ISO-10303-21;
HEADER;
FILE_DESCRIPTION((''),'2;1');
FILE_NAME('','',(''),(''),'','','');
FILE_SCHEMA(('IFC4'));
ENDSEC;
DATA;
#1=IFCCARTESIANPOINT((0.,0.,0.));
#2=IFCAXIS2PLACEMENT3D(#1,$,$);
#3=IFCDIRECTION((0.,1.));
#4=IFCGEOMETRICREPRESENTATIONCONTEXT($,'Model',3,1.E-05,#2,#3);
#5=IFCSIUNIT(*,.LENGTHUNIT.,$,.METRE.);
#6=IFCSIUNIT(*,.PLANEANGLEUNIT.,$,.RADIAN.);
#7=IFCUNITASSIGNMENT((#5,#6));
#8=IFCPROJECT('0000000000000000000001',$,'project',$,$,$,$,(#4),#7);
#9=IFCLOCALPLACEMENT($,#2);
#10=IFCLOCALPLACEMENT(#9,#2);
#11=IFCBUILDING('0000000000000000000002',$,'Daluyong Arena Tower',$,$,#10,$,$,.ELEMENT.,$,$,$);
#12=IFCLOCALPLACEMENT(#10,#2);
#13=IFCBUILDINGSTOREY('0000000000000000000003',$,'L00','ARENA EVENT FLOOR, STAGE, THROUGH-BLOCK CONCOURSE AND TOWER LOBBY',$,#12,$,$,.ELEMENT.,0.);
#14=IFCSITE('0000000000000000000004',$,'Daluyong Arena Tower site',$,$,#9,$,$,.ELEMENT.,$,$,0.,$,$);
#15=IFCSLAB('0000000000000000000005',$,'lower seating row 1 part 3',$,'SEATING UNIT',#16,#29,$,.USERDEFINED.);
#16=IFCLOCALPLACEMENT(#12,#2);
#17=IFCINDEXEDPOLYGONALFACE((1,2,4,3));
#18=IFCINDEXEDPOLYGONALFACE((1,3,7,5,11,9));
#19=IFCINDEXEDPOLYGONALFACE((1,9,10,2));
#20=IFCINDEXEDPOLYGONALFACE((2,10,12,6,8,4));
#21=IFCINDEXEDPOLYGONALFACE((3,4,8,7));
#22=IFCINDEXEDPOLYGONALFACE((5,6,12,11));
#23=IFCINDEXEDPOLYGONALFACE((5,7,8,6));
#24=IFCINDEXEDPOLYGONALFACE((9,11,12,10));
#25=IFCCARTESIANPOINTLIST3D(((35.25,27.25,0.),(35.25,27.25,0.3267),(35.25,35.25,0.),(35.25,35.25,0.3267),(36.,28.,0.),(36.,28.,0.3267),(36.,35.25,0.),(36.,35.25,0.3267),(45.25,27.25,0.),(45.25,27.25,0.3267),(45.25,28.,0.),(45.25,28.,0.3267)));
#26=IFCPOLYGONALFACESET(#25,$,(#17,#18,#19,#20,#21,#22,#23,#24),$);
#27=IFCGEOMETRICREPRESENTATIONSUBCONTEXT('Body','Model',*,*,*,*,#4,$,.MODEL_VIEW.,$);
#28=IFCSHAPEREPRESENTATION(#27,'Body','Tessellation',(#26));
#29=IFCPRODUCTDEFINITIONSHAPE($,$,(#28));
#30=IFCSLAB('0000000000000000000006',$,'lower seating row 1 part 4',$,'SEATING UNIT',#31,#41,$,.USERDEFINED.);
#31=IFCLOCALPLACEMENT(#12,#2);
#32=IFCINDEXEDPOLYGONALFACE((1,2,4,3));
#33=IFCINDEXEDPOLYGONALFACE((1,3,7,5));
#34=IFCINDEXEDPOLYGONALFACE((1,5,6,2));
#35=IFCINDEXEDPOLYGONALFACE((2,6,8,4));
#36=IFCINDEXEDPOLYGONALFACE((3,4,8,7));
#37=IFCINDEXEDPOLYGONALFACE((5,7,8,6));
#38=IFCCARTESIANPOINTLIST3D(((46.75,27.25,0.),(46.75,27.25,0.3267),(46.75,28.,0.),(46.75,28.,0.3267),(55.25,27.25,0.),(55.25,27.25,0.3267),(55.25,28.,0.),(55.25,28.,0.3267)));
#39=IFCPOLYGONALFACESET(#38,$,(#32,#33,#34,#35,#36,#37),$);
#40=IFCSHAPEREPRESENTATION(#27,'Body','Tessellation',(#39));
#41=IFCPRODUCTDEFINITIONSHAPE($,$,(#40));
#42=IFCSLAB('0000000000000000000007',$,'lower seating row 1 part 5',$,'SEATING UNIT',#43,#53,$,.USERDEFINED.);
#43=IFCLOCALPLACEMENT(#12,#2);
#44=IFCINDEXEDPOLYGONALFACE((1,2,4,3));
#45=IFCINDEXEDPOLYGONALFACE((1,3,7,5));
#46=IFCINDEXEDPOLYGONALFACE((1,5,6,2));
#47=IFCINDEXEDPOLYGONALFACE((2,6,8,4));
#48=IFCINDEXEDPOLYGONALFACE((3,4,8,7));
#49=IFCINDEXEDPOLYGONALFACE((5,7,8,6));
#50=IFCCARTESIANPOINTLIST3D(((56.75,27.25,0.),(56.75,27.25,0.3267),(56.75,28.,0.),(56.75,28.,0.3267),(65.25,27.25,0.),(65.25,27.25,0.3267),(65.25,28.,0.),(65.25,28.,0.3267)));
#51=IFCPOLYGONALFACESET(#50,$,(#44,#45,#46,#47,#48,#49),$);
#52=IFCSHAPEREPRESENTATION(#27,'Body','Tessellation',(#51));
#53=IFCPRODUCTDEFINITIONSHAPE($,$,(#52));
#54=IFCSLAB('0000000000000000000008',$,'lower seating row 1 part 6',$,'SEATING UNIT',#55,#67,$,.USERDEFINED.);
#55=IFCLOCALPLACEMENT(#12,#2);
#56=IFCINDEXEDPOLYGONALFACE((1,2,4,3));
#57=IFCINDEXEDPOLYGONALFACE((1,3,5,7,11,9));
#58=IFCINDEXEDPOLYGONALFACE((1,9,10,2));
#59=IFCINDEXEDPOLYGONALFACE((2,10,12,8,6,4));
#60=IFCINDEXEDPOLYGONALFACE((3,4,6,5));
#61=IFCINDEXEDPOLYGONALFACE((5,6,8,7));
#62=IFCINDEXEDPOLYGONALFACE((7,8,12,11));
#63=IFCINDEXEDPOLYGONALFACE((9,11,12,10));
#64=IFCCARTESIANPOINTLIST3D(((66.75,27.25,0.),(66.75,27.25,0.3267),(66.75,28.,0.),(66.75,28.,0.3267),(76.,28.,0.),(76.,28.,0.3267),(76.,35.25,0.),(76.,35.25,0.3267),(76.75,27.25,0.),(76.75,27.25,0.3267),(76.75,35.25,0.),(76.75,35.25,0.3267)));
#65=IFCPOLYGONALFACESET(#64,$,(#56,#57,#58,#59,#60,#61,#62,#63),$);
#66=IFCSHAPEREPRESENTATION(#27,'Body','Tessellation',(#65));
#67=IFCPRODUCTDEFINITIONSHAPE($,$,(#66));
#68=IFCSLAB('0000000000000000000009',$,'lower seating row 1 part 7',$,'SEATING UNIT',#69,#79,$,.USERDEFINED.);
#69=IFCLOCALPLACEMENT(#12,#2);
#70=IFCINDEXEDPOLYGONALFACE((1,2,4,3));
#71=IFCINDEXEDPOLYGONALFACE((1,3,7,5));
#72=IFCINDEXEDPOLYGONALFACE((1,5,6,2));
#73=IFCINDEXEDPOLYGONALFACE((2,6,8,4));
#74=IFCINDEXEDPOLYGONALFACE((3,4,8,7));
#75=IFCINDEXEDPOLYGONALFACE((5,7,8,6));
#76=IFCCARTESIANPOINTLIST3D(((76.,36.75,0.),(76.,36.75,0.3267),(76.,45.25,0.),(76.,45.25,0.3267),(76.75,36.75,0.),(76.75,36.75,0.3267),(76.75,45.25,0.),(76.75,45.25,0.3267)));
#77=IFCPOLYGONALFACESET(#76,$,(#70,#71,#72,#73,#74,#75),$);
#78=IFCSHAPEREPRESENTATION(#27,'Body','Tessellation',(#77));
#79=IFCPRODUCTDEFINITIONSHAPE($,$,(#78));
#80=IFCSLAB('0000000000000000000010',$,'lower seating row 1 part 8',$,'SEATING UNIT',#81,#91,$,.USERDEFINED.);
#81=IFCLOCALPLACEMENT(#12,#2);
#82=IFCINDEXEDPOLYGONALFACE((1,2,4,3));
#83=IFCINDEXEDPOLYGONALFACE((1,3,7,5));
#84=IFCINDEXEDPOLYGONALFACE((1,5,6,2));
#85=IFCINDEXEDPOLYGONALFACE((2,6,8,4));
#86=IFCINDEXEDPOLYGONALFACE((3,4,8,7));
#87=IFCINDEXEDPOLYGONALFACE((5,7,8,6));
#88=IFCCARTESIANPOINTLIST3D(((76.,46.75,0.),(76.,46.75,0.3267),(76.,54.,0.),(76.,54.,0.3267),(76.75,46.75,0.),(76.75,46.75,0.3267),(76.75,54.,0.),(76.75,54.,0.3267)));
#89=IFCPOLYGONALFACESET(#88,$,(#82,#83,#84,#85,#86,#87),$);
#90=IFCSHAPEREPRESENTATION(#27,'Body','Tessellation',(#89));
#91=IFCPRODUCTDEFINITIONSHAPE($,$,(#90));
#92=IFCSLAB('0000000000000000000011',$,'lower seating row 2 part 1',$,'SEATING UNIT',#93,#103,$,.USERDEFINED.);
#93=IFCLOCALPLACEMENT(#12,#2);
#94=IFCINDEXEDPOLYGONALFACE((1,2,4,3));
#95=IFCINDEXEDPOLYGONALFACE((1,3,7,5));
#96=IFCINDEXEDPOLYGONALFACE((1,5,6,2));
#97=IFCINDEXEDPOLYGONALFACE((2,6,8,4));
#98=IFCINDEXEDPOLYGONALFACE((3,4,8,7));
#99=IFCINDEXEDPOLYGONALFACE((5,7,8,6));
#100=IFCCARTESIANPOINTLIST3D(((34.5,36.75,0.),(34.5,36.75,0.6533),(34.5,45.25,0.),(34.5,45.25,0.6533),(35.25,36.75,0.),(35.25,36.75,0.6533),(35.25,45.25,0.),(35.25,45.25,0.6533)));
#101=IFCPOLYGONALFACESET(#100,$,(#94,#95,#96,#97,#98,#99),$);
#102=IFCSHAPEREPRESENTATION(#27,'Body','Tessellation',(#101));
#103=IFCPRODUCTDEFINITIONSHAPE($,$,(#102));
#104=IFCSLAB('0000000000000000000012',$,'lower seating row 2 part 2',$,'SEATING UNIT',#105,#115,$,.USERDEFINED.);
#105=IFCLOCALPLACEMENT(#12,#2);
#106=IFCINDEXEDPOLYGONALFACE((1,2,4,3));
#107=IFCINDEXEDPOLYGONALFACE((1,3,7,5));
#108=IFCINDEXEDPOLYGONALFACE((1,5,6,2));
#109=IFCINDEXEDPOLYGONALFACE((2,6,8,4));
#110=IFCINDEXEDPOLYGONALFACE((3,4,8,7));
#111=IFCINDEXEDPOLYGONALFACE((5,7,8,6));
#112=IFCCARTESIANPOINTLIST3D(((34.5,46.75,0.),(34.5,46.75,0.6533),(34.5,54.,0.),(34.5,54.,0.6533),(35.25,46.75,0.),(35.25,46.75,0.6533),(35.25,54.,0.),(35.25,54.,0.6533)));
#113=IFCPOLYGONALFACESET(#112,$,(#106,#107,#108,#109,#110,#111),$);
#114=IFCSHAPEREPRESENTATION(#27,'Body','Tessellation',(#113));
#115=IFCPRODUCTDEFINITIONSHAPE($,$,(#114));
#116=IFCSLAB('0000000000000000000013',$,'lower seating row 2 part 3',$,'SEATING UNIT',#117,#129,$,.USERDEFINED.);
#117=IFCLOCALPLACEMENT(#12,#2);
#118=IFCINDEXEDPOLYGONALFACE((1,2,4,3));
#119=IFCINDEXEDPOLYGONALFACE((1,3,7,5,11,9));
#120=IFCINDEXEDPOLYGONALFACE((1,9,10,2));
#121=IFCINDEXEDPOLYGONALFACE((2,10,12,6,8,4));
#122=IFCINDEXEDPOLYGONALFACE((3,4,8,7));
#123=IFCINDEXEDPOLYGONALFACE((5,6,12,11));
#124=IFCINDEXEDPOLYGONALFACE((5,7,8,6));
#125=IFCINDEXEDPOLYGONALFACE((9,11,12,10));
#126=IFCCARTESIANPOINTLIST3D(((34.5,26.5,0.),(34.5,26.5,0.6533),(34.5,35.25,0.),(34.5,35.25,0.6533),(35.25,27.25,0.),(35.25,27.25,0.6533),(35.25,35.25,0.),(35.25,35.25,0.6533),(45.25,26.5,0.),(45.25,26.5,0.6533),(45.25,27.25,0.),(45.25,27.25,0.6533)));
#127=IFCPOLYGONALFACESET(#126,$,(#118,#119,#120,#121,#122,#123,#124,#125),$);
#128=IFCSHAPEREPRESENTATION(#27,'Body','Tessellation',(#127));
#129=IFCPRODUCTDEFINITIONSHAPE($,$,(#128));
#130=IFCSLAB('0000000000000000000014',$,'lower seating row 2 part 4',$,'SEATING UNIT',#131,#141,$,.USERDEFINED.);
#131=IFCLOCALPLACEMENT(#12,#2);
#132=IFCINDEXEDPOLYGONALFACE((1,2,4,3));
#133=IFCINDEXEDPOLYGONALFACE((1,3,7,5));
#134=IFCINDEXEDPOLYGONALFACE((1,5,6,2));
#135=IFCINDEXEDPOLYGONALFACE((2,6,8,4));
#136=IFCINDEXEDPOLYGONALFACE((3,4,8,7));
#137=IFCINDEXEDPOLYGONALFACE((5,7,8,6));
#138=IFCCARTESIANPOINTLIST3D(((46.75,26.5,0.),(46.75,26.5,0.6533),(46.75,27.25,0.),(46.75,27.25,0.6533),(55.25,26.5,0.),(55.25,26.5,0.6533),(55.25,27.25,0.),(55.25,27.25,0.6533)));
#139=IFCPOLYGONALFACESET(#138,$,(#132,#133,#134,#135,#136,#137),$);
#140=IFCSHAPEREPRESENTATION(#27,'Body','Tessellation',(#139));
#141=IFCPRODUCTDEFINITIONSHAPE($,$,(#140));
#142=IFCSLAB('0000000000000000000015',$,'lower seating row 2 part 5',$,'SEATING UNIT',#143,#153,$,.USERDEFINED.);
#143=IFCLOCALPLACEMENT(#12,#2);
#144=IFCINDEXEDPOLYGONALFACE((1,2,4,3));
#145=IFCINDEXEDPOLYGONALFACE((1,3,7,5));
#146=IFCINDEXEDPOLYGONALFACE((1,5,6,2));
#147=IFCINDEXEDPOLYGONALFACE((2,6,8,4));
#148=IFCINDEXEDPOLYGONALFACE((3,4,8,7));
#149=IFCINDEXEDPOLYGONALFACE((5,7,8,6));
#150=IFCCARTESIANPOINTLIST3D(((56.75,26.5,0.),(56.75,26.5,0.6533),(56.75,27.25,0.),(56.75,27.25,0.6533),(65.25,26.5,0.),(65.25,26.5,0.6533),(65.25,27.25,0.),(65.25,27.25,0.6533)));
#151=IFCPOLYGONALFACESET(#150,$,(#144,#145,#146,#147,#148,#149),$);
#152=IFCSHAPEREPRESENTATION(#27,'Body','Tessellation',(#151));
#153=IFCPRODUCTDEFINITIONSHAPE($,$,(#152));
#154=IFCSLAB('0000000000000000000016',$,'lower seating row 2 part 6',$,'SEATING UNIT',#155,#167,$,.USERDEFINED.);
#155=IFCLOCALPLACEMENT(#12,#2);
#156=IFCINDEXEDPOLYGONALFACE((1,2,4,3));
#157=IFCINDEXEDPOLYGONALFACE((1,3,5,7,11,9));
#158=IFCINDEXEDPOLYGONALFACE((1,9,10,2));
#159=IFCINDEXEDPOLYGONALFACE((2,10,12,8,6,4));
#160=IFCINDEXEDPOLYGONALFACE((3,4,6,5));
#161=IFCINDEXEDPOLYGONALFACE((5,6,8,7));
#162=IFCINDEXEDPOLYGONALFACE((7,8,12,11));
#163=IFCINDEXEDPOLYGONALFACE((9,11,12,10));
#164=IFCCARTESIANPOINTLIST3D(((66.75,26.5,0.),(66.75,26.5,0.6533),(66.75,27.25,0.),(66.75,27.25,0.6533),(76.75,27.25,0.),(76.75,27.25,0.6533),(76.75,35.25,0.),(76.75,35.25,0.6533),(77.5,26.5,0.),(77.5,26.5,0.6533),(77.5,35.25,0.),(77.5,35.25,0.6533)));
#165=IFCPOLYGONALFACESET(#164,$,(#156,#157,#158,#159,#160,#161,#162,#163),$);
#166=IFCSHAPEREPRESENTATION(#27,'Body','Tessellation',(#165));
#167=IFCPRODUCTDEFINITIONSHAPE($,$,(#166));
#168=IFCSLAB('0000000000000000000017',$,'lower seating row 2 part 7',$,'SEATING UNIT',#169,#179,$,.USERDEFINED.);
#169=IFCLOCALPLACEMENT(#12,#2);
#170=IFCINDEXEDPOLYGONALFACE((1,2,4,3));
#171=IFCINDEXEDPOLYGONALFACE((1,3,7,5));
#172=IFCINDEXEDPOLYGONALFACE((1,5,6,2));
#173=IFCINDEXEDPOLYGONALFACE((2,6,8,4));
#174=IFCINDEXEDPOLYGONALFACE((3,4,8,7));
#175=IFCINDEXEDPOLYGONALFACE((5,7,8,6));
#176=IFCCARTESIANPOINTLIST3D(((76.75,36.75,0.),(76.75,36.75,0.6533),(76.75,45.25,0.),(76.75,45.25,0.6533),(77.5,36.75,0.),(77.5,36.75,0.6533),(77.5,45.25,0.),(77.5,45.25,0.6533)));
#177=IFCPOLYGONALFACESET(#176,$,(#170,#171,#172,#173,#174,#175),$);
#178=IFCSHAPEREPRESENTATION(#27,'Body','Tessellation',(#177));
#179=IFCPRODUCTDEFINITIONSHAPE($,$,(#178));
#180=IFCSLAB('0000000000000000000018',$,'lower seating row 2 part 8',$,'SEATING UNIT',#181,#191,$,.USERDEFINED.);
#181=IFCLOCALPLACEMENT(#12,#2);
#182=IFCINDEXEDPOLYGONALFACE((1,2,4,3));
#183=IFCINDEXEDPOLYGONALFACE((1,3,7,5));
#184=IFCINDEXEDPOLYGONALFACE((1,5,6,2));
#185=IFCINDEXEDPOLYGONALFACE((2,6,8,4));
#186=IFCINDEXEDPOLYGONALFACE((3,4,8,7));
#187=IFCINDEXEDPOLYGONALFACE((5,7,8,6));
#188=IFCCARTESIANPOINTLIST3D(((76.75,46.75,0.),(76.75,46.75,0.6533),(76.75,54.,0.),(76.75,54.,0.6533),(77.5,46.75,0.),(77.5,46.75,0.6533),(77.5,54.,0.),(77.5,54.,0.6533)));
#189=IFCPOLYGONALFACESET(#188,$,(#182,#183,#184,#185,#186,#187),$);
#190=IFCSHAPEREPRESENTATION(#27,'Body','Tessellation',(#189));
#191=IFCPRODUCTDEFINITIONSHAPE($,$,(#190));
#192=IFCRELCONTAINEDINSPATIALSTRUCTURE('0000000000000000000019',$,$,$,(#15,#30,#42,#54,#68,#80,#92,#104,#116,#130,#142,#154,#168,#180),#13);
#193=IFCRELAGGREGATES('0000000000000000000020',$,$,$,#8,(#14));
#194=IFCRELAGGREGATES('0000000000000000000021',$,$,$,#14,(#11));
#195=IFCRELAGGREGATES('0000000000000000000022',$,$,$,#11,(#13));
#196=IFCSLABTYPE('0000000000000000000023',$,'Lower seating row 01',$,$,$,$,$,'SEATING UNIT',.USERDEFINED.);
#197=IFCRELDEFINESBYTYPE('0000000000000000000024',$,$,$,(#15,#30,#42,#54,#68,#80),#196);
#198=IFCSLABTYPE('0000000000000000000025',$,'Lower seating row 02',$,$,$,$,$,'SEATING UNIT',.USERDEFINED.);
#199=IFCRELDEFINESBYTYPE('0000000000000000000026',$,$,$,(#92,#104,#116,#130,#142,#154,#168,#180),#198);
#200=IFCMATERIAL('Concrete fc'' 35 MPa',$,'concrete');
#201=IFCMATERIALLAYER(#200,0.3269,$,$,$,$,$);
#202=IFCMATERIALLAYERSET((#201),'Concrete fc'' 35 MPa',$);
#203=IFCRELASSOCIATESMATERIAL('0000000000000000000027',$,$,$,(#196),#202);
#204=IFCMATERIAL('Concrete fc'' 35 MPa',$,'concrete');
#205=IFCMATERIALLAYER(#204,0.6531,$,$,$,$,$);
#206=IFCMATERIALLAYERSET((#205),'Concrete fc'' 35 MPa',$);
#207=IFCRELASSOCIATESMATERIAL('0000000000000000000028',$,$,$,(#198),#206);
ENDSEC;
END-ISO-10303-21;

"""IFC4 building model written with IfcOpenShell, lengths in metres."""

from ifc_helpers import new_model, si_unit, direction, origin, place, context, subcontext, project, spatial, polyline, outline, extrude, material, layer, layer_set, type_object, element, save


model = new_model("IFC4")

# Units and contexts
model_context = context("Model", 3, precision=1e-05, world=origin(), true_north=direction((0.0, 1.0)))
body_context = subcontext(model_context, "Body", "Model", "MODEL_VIEW")
ifc_project = project(units=[si_unit("LENGTHUNIT", "METRE"), si_unit("PLANEANGLEUNIT", "RADIAN")], contexts=[model_context])

# Site, building, storey
site_placement = place(None, origin())
site = spatial("IfcSite", under=ifc_project, at=site_placement, Name="Daluyong Arena Tower site", CompositionType="ELEMENT", RefElevation=0.0)
building_placement = place(site_placement, origin())
building = spatial("IfcBuilding", under=site, at=building_placement, Name="Daluyong Arena Tower", CompositionType="ELEMENT")
storey_placement = place(building_placement, origin())
storey = spatial("IfcBuildingStorey", under=building, at=storey_placement, Name="L00", Description="ARENA EVENT FLOOR, STAGE, THROUGH-BLOCK CONCOURSE AND TOWER LOBBY", CompositionType="ELEMENT", Elevation=0.0)

# Slabs
ifc_material_1 = material(Name="Concrete fc' 35 MPa", Category="concrete")
ifc_layer_1 = layer(ifc_material_1, 0.3269)
ifc_layer_set_1 = layer_set([ifc_layer_1], Name="Concrete fc' 35 MPa")
slab_type_1 = type_object("IfcSlabType", Name="Lower seating row 01", ElementType="SEATING UNIT", PredefinedType="USERDEFINED", material=ifc_layer_set_1)
slab_1_placement = place(storey_placement, origin())
element("IfcSlab", 1, at=slab_1_placement, inside=storey, type_object=slab_type_1, Name="lower seating row 1 part 3", ObjectType="SEATING UNIT", PredefinedType="USERDEFINED", context=body_context, shape_type="SweptSolid", body=[
    extrude(outline(polyline([(35.25, 27.25), (45.25, 27.25), (45.25, 28.0), (36.0, 28.0), (36.0, 35.25), (35.25, 35.25), (35.25, 27.25)])), origin(), (0.0, 0.0, 1.0), 0.3267),
])
slab_2_placement = place(storey_placement, origin())
element("IfcSlab", 2, at=slab_2_placement, inside=storey, type_object=slab_type_1, Name="lower seating row 1 part 4", ObjectType="SEATING UNIT", PredefinedType="USERDEFINED", context=body_context, shape_type="SweptSolid", body=[
    extrude(outline(polyline([(46.75, 27.25), (55.25, 27.25), (55.25, 28.0), (46.75, 28.0), (46.75, 27.25)])), origin(), (0.0, 0.0, 1.0), 0.3267),
])
slab_3_placement = place(storey_placement, origin())
element("IfcSlab", 3, at=slab_3_placement, inside=storey, type_object=slab_type_1, Name="lower seating row 1 part 5", ObjectType="SEATING UNIT", PredefinedType="USERDEFINED", context=body_context, shape_type="SweptSolid", body=[
    extrude(outline(polyline([(56.75, 27.25), (65.25, 27.25), (65.25, 28.0), (56.75, 28.0), (56.75, 27.25)])), origin(), (0.0, 0.0, 1.0), 0.3267),
])
slab_4_placement = place(storey_placement, origin())
element("IfcSlab", 4, at=slab_4_placement, inside=storey, type_object=slab_type_1, Name="lower seating row 1 part 6", ObjectType="SEATING UNIT", PredefinedType="USERDEFINED", context=body_context, shape_type="SweptSolid", body=[
    extrude(outline(polyline([(76.75, 27.25), (76.75, 35.25), (76.0, 35.25), (76.0, 28.0), (66.75, 28.0), (66.75, 27.25), (76.75, 27.25)])), origin(), (0.0, 0.0, 1.0), 0.3267),
])
slab_5_placement = place(storey_placement, origin())
element("IfcSlab", 5, at=slab_5_placement, inside=storey, type_object=slab_type_1, Name="lower seating row 1 part 7", ObjectType="SEATING UNIT", PredefinedType="USERDEFINED", context=body_context, shape_type="SweptSolid", body=[
    extrude(outline(polyline([(76.75, 36.75), (76.75, 45.25), (76.0, 45.25), (76.0, 36.75), (76.75, 36.75)])), origin(), (0.0, 0.0, 1.0), 0.3267),
])
slab_6_placement = place(storey_placement, origin())
element("IfcSlab", 6, at=slab_6_placement, inside=storey, type_object=slab_type_1, Name="lower seating row 1 part 8", ObjectType="SEATING UNIT", PredefinedType="USERDEFINED", context=body_context, shape_type="SweptSolid", body=[
    extrude(outline(polyline([(76.75, 46.75), (76.75, 54.0), (76.0, 54.0), (76.0, 46.75), (76.75, 46.75)])), origin(), (0.0, 0.0, 1.0), 0.3267),
])
ifc_material_2 = material(Name="Concrete fc' 35 MPa", Category="concrete")
ifc_layer_2 = layer(ifc_material_2, 0.6531)
ifc_layer_set_2 = layer_set([ifc_layer_2], Name="Concrete fc' 35 MPa")
slab_type_2 = type_object("IfcSlabType", Name="Lower seating row 02", ElementType="SEATING UNIT", PredefinedType="USERDEFINED", material=ifc_layer_set_2)
slab_7_placement = place(storey_placement, origin())
element("IfcSlab", 7, at=slab_7_placement, inside=storey, type_object=slab_type_2, Name="lower seating row 2 part 1", ObjectType="SEATING UNIT", PredefinedType="USERDEFINED", context=body_context, shape_type="SweptSolid", body=[
    extrude(outline(polyline([(34.5, 45.25), (34.5, 36.75), (35.25, 36.75), (35.25, 45.25), (34.5, 45.25)])), origin(), (0.0, 0.0, 1.0), 0.6533),
])
slab_8_placement = place(storey_placement, origin())
element("IfcSlab", 8, at=slab_8_placement, inside=storey, type_object=slab_type_2, Name="lower seating row 2 part 2", ObjectType="SEATING UNIT", PredefinedType="USERDEFINED", context=body_context, shape_type="SweptSolid", body=[
    extrude(outline(polyline([(34.5, 54.0), (34.5, 46.75), (35.25, 46.75), (35.25, 54.0), (34.5, 54.0)])), origin(), (0.0, 0.0, 1.0), 0.6533),
])
slab_9_placement = place(storey_placement, origin())
element("IfcSlab", 9, at=slab_9_placement, inside=storey, type_object=slab_type_2, Name="lower seating row 2 part 3", ObjectType="SEATING UNIT", PredefinedType="USERDEFINED", context=body_context, shape_type="SweptSolid", body=[
    extrude(outline(polyline([(34.5, 26.5), (45.25, 26.5), (45.25, 27.25), (35.25, 27.25), (35.25, 35.25), (34.5, 35.25), (34.5, 26.5)])), origin(), (0.0, 0.0, 1.0), 0.6533),
])
slab_10_placement = place(storey_placement, origin())
element("IfcSlab", 10, at=slab_10_placement, inside=storey, type_object=slab_type_2, Name="lower seating row 2 part 4", ObjectType="SEATING UNIT", PredefinedType="USERDEFINED", context=body_context, shape_type="SweptSolid", body=[
    extrude(outline(polyline([(46.75, 26.5), (55.25, 26.5), (55.25, 27.25), (46.75, 27.25), (46.75, 26.5)])), origin(), (0.0, 0.0, 1.0), 0.6533),
])
slab_11_placement = place(storey_placement, origin())
element("IfcSlab", 11, at=slab_11_placement, inside=storey, type_object=slab_type_2, Name="lower seating row 2 part 5", ObjectType="SEATING UNIT", PredefinedType="USERDEFINED", context=body_context, shape_type="SweptSolid", body=[
    extrude(outline(polyline([(56.75, 26.5), (65.25, 26.5), (65.25, 27.25), (56.75, 27.25), (56.75, 26.5)])), origin(), (0.0, 0.0, 1.0), 0.6533),
])
slab_12_placement = place(storey_placement, origin())
element("IfcSlab", 12, at=slab_12_placement, inside=storey, type_object=slab_type_2, Name="lower seating row 2 part 6", ObjectType="SEATING UNIT", PredefinedType="USERDEFINED", context=body_context, shape_type="SweptSolid", body=[
    extrude(outline(polyline([(77.5, 26.5), (77.5, 35.25), (76.75, 35.25), (76.75, 27.25), (66.75, 27.25), (66.75, 26.5), (77.5, 26.5)])), origin(), (0.0, 0.0, 1.0), 0.6533),
])
slab_13_placement = place(storey_placement, origin())
element("IfcSlab", 13, at=slab_13_placement, inside=storey, type_object=slab_type_2, Name="lower seating row 2 part 7", ObjectType="SEATING UNIT", PredefinedType="USERDEFINED", context=body_context, shape_type="SweptSolid", body=[
    extrude(outline(polyline([(77.5, 36.75), (77.5, 45.25), (76.75, 45.25), (76.75, 36.75), (77.5, 36.75)])), origin(), (0.0, 0.0, 1.0), 0.6533),
])
slab_14_placement = place(storey_placement, origin())
element("IfcSlab", 14, at=slab_14_placement, inside=storey, type_object=slab_type_2, Name="lower seating row 2 part 8", ObjectType="SEATING UNIT", PredefinedType="USERDEFINED", context=body_context, shape_type="SweptSolid", body=[
    extrude(outline(polyline([(77.5, 46.75), (77.5, 54.0), (76.75, 54.0), (76.75, 46.75), (77.5, 46.75)])), origin(), (0.0, 0.0, 1.0), 0.6533),
])

save(model, "model.ifc")
